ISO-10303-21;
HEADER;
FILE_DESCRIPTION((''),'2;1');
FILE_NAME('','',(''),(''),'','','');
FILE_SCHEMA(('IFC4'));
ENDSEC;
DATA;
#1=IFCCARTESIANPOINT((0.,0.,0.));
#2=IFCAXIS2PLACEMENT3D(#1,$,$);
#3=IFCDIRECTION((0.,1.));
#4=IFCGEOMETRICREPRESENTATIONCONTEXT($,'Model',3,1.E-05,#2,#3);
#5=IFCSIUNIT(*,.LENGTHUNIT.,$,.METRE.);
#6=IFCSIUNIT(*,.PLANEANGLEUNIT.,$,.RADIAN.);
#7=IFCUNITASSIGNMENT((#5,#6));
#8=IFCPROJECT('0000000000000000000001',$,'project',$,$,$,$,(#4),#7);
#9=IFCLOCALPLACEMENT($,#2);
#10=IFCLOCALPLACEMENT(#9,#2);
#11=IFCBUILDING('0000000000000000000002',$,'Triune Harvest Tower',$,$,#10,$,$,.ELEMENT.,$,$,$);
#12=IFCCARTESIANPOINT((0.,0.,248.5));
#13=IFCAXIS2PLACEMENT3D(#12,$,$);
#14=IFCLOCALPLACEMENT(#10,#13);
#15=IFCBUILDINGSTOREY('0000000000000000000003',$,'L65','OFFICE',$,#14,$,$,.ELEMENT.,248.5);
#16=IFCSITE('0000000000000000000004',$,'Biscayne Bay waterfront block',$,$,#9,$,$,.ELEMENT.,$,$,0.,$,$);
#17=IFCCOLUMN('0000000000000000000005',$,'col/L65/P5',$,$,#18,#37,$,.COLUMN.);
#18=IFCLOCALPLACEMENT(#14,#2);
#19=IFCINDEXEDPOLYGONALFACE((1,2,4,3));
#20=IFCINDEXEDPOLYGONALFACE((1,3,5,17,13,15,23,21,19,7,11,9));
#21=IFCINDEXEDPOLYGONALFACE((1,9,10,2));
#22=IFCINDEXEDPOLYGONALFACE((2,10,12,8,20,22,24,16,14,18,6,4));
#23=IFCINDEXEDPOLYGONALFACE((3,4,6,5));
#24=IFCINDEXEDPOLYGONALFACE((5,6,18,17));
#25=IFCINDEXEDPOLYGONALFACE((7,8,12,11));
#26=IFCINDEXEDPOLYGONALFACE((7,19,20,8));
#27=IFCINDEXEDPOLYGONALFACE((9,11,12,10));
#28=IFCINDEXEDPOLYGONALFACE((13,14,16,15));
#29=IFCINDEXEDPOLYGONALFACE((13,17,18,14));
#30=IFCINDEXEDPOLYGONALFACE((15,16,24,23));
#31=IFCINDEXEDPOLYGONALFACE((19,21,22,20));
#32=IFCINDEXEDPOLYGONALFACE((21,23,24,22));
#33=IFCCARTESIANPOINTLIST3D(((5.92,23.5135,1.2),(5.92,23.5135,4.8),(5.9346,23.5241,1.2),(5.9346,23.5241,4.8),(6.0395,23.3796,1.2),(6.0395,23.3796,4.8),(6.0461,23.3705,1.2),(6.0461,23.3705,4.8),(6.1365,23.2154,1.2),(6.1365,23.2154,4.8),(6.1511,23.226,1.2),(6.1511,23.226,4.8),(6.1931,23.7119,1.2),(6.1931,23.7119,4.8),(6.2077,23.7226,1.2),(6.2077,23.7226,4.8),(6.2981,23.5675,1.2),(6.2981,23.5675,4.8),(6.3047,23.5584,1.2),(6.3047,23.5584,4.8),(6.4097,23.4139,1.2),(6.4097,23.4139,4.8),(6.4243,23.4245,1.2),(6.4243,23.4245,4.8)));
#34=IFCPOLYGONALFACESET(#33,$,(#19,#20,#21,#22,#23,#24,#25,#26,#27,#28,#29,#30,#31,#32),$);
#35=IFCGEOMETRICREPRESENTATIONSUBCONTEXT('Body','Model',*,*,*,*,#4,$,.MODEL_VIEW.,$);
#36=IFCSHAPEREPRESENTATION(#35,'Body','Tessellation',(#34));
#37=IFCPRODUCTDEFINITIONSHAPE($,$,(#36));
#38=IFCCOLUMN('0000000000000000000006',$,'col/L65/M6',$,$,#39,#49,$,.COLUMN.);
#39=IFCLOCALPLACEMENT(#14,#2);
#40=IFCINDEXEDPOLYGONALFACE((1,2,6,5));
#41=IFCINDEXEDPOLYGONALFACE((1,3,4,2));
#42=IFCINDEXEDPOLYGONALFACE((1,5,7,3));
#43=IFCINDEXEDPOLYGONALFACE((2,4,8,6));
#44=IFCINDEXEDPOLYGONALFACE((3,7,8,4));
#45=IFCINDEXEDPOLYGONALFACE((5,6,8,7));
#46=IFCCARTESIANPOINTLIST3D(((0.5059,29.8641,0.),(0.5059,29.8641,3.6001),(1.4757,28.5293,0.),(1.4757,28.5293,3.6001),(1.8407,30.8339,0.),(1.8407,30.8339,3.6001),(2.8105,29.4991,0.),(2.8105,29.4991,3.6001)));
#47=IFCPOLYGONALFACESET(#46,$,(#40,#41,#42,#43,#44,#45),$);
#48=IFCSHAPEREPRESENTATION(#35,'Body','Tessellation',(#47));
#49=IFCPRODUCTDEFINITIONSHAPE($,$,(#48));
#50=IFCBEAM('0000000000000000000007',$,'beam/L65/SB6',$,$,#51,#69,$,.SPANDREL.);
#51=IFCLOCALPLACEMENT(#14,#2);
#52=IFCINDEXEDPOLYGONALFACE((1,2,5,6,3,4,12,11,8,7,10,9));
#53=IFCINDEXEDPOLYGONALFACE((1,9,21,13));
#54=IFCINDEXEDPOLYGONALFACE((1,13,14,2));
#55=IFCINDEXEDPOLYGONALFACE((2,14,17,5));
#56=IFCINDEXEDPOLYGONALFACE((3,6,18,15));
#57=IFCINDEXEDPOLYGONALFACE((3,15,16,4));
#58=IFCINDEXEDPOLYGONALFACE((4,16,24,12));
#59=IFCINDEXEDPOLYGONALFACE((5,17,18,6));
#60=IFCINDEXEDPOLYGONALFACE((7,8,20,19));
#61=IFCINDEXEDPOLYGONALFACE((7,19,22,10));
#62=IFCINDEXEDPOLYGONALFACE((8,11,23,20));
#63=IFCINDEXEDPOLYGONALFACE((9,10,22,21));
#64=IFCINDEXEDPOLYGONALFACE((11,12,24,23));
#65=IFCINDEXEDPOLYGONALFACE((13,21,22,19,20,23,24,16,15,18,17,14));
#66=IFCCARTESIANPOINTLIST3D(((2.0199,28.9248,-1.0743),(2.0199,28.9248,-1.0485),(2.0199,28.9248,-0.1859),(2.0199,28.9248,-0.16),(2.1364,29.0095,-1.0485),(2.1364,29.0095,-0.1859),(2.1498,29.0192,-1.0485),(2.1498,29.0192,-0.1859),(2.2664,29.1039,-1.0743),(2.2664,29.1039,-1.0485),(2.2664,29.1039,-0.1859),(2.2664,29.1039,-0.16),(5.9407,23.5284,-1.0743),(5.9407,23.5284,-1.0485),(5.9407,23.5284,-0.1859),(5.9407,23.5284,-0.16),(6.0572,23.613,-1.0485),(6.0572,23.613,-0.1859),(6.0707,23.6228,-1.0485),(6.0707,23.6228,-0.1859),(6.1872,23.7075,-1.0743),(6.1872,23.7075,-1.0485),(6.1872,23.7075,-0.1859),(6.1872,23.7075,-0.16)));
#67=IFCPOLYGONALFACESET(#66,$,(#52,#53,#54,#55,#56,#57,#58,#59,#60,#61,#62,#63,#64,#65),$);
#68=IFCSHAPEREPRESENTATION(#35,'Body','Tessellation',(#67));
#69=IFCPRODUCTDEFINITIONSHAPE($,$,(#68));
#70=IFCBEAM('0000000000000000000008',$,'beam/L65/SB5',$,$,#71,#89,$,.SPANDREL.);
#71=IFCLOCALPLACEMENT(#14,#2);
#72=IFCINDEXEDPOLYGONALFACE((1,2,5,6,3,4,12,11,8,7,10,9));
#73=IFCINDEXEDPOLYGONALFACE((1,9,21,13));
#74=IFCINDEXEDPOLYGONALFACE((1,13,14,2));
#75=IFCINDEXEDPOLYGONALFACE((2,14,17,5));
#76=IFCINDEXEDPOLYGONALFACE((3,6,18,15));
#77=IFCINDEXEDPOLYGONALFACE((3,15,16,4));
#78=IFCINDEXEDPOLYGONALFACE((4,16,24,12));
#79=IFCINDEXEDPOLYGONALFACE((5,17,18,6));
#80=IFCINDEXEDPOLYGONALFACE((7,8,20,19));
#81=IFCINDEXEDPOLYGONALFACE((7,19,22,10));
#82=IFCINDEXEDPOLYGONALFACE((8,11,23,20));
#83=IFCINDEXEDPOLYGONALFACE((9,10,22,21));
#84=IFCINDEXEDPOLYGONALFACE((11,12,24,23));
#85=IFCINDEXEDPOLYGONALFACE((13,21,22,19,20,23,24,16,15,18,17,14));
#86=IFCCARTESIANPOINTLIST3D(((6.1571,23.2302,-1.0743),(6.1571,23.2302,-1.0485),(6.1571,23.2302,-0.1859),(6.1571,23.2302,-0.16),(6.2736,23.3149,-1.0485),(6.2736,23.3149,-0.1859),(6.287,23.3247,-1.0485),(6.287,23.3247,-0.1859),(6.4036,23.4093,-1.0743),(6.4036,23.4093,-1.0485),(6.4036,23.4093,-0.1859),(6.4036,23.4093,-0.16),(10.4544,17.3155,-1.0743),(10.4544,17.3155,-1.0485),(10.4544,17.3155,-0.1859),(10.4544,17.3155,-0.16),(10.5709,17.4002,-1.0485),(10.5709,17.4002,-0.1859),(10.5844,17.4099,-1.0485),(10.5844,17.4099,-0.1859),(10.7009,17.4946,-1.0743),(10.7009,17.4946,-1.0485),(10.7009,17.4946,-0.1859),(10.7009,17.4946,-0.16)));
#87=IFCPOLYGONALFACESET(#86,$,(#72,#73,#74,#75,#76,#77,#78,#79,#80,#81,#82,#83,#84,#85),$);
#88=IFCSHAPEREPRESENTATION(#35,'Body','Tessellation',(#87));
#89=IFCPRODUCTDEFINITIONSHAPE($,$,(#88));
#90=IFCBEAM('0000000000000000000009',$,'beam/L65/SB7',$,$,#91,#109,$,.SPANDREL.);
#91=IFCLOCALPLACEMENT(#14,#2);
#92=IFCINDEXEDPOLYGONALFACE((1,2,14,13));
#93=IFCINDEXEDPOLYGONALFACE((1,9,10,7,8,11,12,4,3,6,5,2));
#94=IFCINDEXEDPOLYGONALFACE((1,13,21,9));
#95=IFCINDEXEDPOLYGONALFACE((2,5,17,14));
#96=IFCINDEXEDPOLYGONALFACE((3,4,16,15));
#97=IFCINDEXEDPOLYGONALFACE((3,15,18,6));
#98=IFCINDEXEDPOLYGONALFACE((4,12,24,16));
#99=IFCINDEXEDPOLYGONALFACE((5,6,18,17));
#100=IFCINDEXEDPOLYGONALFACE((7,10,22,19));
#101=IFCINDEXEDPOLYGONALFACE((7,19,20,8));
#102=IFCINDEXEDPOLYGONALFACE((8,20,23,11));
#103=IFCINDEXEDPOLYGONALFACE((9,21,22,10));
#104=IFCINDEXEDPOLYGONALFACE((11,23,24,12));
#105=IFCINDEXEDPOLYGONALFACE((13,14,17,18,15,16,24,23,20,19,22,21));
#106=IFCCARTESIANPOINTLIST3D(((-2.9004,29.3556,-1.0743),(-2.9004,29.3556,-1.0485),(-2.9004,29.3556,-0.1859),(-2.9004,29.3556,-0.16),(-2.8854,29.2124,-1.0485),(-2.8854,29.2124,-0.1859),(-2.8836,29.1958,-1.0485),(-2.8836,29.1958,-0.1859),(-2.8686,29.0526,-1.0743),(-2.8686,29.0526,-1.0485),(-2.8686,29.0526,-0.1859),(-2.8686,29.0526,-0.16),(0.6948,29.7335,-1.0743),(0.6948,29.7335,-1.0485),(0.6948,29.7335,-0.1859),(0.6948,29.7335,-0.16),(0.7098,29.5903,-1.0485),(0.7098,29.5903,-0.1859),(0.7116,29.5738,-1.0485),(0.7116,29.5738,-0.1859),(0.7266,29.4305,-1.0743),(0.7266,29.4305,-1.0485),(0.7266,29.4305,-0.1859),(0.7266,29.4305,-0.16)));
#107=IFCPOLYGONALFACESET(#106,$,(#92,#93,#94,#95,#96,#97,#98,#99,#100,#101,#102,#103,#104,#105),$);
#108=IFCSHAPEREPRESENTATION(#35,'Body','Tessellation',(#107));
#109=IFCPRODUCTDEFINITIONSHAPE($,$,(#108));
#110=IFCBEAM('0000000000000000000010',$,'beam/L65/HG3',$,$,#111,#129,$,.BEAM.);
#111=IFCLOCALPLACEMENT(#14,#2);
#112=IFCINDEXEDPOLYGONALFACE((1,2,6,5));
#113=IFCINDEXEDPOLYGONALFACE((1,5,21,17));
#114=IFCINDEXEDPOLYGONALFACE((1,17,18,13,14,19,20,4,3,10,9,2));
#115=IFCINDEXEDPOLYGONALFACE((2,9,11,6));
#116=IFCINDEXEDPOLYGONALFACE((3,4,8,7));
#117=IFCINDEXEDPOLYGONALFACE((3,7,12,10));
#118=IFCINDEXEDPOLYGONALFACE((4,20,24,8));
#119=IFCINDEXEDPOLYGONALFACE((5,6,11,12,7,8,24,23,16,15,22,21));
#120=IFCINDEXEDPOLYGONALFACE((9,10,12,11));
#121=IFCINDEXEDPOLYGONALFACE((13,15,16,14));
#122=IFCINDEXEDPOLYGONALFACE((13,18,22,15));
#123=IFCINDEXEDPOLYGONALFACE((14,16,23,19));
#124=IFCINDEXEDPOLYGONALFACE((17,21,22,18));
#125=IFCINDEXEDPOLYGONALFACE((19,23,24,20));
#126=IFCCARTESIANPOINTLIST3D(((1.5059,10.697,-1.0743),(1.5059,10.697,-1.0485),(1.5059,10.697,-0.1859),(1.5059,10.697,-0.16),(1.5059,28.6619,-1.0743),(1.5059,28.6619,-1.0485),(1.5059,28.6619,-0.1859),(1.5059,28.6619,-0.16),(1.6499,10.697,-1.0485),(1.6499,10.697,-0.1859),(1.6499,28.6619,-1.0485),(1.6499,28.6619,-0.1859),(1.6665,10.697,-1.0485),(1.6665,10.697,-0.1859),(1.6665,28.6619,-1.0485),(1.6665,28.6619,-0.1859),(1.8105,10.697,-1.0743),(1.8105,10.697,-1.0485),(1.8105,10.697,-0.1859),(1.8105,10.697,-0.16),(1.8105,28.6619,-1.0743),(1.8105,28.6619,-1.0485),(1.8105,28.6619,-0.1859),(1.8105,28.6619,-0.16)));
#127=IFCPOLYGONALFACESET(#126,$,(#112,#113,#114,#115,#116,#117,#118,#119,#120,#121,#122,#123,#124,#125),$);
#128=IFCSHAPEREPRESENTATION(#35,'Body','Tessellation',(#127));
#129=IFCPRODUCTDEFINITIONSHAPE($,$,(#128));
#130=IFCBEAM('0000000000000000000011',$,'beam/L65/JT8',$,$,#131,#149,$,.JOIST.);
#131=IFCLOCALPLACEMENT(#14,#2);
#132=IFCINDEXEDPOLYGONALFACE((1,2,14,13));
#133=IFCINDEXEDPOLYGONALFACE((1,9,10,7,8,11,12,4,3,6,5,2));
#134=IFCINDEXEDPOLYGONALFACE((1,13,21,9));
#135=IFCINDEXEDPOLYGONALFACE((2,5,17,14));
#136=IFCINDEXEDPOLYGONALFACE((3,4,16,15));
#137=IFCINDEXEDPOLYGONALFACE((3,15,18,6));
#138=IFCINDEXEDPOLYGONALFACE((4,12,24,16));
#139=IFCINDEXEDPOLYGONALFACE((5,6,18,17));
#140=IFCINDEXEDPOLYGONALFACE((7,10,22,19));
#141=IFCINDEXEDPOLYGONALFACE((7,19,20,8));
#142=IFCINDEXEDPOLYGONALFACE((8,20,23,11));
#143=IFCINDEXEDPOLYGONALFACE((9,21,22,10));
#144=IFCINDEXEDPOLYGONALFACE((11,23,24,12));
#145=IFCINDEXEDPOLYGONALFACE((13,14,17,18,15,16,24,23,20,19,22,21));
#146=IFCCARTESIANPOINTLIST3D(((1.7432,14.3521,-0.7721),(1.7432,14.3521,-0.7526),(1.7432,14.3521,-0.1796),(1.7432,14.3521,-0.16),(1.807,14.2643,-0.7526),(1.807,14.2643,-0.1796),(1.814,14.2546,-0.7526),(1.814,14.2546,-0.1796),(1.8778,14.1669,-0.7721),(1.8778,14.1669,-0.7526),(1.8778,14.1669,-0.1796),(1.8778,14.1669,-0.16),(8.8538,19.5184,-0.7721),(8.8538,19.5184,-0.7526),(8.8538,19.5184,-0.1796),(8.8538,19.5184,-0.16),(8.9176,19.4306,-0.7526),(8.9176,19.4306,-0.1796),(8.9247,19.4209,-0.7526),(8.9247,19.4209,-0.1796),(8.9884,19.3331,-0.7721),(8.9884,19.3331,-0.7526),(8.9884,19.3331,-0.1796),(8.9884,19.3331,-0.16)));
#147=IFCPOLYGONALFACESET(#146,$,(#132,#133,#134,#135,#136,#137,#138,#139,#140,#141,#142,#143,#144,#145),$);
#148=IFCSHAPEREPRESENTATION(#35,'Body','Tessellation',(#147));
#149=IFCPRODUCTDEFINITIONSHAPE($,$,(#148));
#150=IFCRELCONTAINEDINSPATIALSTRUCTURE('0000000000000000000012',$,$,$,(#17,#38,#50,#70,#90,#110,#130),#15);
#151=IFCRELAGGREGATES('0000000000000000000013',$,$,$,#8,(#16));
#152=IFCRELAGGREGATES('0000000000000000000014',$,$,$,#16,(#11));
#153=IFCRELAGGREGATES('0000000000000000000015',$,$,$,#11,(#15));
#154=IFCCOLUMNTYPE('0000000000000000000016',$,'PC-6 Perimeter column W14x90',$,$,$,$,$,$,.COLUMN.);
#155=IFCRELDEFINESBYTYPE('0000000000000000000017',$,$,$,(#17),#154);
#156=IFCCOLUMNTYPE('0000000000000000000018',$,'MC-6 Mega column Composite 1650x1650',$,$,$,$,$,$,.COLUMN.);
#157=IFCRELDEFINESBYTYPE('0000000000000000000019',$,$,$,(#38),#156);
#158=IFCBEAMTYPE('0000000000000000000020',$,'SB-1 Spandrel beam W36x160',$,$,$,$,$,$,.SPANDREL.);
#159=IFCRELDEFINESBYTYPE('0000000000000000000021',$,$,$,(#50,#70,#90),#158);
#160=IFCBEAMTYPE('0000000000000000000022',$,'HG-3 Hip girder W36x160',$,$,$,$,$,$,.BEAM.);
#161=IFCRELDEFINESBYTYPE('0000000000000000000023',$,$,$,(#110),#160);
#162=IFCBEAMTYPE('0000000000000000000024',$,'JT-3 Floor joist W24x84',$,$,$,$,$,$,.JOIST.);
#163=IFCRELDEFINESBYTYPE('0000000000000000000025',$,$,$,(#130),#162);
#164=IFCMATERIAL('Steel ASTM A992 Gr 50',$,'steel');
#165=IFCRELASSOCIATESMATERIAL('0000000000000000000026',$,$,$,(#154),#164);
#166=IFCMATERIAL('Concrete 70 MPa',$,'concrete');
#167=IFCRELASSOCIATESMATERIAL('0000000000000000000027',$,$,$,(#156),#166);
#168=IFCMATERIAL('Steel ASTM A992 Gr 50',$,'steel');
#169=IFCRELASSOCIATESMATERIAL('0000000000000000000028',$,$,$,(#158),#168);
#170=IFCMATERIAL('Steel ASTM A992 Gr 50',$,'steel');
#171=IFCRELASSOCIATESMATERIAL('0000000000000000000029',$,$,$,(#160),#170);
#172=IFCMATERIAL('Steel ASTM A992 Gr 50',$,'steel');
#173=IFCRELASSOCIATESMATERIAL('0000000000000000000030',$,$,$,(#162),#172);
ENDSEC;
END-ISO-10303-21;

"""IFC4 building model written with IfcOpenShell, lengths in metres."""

from ifc_helpers import new_model, si_unit, direction, frame, origin, origin_2d, place, context, subcontext, project, spatial, rectangle, i_section, extrude, source, transform, mapped, material, material_profile, profile_set, type_object, element, save


model = new_model("IFC4")

# Units and contexts
model_context = context("Model", 3, precision=1e-05, world=origin(), true_north=direction((0.0, 1.0)))
body_context = subcontext(model_context, "Body", "Model", "MODEL_VIEW")
ifc_project = project(units=[si_unit("LENGTHUNIT", "METRE"), si_unit("PLANEANGLEUNIT", "RADIAN")], contexts=[model_context])

# Site, building, storey
site_placement = place(None, origin())
site = spatial("IfcSite", under=ifc_project, at=site_placement, Name="Biscayne Bay waterfront block", CompositionType="ELEMENT", RefElevation=0.0)
building_placement = place(site_placement, origin())
building = spatial("IfcBuilding", under=site, at=building_placement, Name="Triune Harvest Tower", CompositionType="ELEMENT")
storey_placement = place(building_placement, frame((0.0, 0.0, 248.5)))
storey = spatial("IfcBuildingStorey", under=building, at=storey_placement, Name="L65", Description="OFFICE", CompositionType="ELEMENT", Elevation=248.5)

# Columns
ifc_material_1 = material(Name="Steel ASTM A992 Gr 50", Category="steel")
ifc_material_profile_1 = material_profile(ifc_material_1, i_section(OverallWidth=0.3684, OverallDepth=0.3557, WebThickness=0.0112, FlangeThickness=0.0181, at=origin_2d()), Name="W14x90")
ifc_profile_set_1 = profile_set([ifc_material_profile_1], Name="Steel ASTM A992 Gr 50")
column_type_1 = type_object("IfcColumnType", Name="PC-6 Perimeter column W14x90", PredefinedType="COLUMN", material=ifc_profile_set_1)
shared_shape_1 = source(origin(), body_context, "Body", "SweptSolid", [
    extrude(i_section(OverallWidth=0.3684, OverallDepth=0.3557, WebThickness=0.0112, FlangeThickness=0.0181, at=origin_2d()), origin(), (0.0, 0.0, 1.0), 3.6001),
])
column_1_placement = place(storey_placement, frame((6.1721, 23.469, 1.2), z_axis=(0.0, 0.0, 1.0), x_axis=(-0.587785, 0.809017, 0.0)))
element("IfcColumn", 1, at=column_1_placement, inside=storey, type_object=column_type_1, Name="col/L65/P5", PredefinedType="COLUMN", context=body_context, shape_type="MappedRepresentation", body=[
    mapped(shared_shape_1, transform((0.0, 0.0, 0.0), scale=1.0)),
])
ifc_material_2 = material(Name="Concrete 70 MPa", Category="concrete")
ifc_material_profile_2 = material_profile(ifc_material_2, rectangle(XDim=1.6499, YDim=1.6499, at=origin_2d()), Name="Composite 1650x1650")
ifc_profile_set_2 = profile_set([ifc_material_profile_2], Name="Concrete 70 MPa")
column_type_2 = type_object("IfcColumnType", Name="MC-6 Mega column Composite 1650x1650", PredefinedType="COLUMN", material=ifc_profile_set_2)
shared_shape_2 = source(origin(), body_context, "Body", "SweptSolid", [
    extrude(rectangle(XDim=1.6499, YDim=1.6499, at=origin_2d()), origin(), (0.0, 0.0, 1.0), 3.6001),
])
column_2_placement = place(storey_placement, frame((1.6582, 29.6816, 0.0), z_axis=(0.0, 0.0, 1.0), x_axis=(-0.587785, 0.809017, 0.0)))
element("IfcColumn", 2, at=column_2_placement, inside=storey, type_object=column_type_2, Name="col/L65/M6", PredefinedType="COLUMN", context=body_context, shape_type="MappedRepresentation", body=[
    mapped(shared_shape_2, transform((0.0, 0.0, 0.0), scale=1.0)),
])

# Beams
ifc_material_3 = material(Name="Steel ASTM A992 Gr 50", Category="steel")
ifc_material_profile_3 = material_profile(ifc_material_3, i_section(OverallWidth=0.3047, OverallDepth=0.9143, WebThickness=0.0166, FlangeThickness=0.0259, at=origin_2d()), Name="W36x160")
ifc_profile_set_3 = profile_set([ifc_material_profile_3], Name="Steel ASTM A992 Gr 50")
beam_type_1 = type_object("IfcBeamType", Name="SB-1 Spandrel beam W36x160", PredefinedType="SPANDREL", material=ifc_profile_set_3)
shared_shape_3 = source(origin(), body_context, "Body", "SweptSolid", [
    extrude(i_section(OverallWidth=0.3047, OverallDepth=0.9143, WebThickness=0.0166, FlangeThickness=0.0259, at=origin_2d()), origin(), (0.0, 0.0, 1.0), 6.6704),
])
beam_1_placement = place(storey_placement, frame((6.064, 23.6179, -0.6172), z_axis=(-0.587797, 0.809008, 0.0), x_axis=(-0.809008, -0.587797, 0.0)))
element("IfcBeam", 3, at=beam_1_placement, inside=storey, type_object=beam_type_1, Name="beam/L65/SB6", PredefinedType="SPANDREL", context=body_context, shape_type="MappedRepresentation", body=[
    mapped(shared_shape_3, transform((0.0, 0.0, 0.0), scale=1.0)),
])
shared_shape_4 = source(origin(), body_context, "Body", "SweptSolid", [
    extrude(i_section(OverallWidth=0.3047, OverallDepth=0.9143, WebThickness=0.0166, FlangeThickness=0.0259, at=origin_2d()), origin(), (0.0, 0.0, 1.0), 7.311),
])
beam_2_placement = place(storey_placement, frame((10.5776, 17.405, -0.6172), z_axis=(-0.587786, 0.809016, 0.0), x_axis=(-0.809016, -0.587786, 0.0)))
element("IfcBeam", 4, at=beam_2_placement, inside=storey, type_object=beam_type_1, Name="beam/L65/SB5", PredefinedType="SPANDREL", context=body_context, shape_type="MappedRepresentation", body=[
    mapped(shared_shape_4, transform((0.0, 0.0, 0.0), scale=1.0)),
])
shared_shape_5 = source(origin(), body_context, "Body", "SweptSolid", [
    extrude(i_section(OverallWidth=0.3047, OverallDepth=0.9143, WebThickness=0.0166, FlangeThickness=0.0259, at=origin_2d()), origin(), (0.0, 0.0, 1.0), 3.615),
])
beam_3_placement = place(storey_placement, frame((0.7107, 29.582, -0.6172), z_axis=(-0.99452, -0.104544, 0.0), x_axis=(0.104544, -0.99452, 0.0)))
element("IfcBeam", 5, at=beam_3_placement, inside=storey, type_object=beam_type_1, Name="beam/L65/SB7", PredefinedType="SPANDREL", context=body_context, shape_type="MappedRepresentation", body=[
    mapped(shared_shape_5, transform((0.0, 0.0, 0.0), scale=1.0)),
])
ifc_material_4 = material(Name="Steel ASTM A992 Gr 50", Category="steel")
ifc_material_profile_4 = material_profile(ifc_material_4, i_section(OverallWidth=0.3047, OverallDepth=0.9143, WebThickness=0.0166, FlangeThickness=0.0259, at=origin_2d()), Name="W36x160")
ifc_profile_set_4 = profile_set([ifc_material_profile_4], Name="Steel ASTM A992 Gr 50")
beam_type_2 = type_object("IfcBeamType", Name="HG-3 Hip girder W36x160", PredefinedType="BEAM", material=ifc_profile_set_4)
shared_shape_6 = source(origin(), body_context, "Body", "SweptSolid", [
    extrude(i_section(OverallWidth=0.3047, OverallDepth=0.9143, WebThickness=0.0166, FlangeThickness=0.0259, at=origin_2d()), origin(), (0.0, 0.0, 1.0), 17.9648),
])
beam_4_placement = place(storey_placement, frame((1.6582, 28.6619, -0.6172), z_axis=(0.0, -1.0, 0.0), x_axis=(1.0, 0.0, 0.0)))
element("IfcBeam", 6, at=beam_4_placement, inside=storey, type_object=beam_type_2, Name="beam/L65/HG3", PredefinedType="BEAM", context=body_context, shape_type="MappedRepresentation", body=[
    mapped(shared_shape_6, transform((0.0, 0.0, 0.0), scale=1.0)),
])
ifc_material_5 = material(Name="Steel ASTM A992 Gr 50", Category="steel")
ifc_material_profile_5 = material_profile(ifc_material_5, i_section(OverallWidth=0.229, OverallDepth=0.6121, WebThickness=0.012, FlangeThickness=0.0195, at=origin_2d()), Name="W24x84")
ifc_profile_set_5 = profile_set([ifc_material_profile_5], Name="Steel ASTM A992 Gr 50")
beam_type_3 = type_object("IfcBeamType", Name="JT-3 Floor joist W24x84", PredefinedType="JOIST", material=ifc_profile_set_5)
shared_shape_7 = source(origin(), body_context, "Body", "SweptSolid", [
    extrude(i_section(OverallWidth=0.229, OverallDepth=0.6121, WebThickness=0.012, FlangeThickness=0.0195, at=origin_2d()), origin(), (0.0, 0.0, 1.0), 8.7893),
])
beam_5_placement = place(storey_placement, frame((8.9211, 19.4258, -0.4661), z_axis=(-0.809011, -0.587793, 0.0), x_axis=(0.587793, -0.809011, 0.0)))
element("IfcBeam", 7, at=beam_5_placement, inside=storey, type_object=beam_type_3, Name="beam/L65/JT8", PredefinedType="JOIST", context=body_context, shape_type="MappedRepresentation", body=[
    mapped(shared_shape_7, transform((0.0, 0.0, 0.0), scale=1.0)),
])

save(model, "model.ifc")
